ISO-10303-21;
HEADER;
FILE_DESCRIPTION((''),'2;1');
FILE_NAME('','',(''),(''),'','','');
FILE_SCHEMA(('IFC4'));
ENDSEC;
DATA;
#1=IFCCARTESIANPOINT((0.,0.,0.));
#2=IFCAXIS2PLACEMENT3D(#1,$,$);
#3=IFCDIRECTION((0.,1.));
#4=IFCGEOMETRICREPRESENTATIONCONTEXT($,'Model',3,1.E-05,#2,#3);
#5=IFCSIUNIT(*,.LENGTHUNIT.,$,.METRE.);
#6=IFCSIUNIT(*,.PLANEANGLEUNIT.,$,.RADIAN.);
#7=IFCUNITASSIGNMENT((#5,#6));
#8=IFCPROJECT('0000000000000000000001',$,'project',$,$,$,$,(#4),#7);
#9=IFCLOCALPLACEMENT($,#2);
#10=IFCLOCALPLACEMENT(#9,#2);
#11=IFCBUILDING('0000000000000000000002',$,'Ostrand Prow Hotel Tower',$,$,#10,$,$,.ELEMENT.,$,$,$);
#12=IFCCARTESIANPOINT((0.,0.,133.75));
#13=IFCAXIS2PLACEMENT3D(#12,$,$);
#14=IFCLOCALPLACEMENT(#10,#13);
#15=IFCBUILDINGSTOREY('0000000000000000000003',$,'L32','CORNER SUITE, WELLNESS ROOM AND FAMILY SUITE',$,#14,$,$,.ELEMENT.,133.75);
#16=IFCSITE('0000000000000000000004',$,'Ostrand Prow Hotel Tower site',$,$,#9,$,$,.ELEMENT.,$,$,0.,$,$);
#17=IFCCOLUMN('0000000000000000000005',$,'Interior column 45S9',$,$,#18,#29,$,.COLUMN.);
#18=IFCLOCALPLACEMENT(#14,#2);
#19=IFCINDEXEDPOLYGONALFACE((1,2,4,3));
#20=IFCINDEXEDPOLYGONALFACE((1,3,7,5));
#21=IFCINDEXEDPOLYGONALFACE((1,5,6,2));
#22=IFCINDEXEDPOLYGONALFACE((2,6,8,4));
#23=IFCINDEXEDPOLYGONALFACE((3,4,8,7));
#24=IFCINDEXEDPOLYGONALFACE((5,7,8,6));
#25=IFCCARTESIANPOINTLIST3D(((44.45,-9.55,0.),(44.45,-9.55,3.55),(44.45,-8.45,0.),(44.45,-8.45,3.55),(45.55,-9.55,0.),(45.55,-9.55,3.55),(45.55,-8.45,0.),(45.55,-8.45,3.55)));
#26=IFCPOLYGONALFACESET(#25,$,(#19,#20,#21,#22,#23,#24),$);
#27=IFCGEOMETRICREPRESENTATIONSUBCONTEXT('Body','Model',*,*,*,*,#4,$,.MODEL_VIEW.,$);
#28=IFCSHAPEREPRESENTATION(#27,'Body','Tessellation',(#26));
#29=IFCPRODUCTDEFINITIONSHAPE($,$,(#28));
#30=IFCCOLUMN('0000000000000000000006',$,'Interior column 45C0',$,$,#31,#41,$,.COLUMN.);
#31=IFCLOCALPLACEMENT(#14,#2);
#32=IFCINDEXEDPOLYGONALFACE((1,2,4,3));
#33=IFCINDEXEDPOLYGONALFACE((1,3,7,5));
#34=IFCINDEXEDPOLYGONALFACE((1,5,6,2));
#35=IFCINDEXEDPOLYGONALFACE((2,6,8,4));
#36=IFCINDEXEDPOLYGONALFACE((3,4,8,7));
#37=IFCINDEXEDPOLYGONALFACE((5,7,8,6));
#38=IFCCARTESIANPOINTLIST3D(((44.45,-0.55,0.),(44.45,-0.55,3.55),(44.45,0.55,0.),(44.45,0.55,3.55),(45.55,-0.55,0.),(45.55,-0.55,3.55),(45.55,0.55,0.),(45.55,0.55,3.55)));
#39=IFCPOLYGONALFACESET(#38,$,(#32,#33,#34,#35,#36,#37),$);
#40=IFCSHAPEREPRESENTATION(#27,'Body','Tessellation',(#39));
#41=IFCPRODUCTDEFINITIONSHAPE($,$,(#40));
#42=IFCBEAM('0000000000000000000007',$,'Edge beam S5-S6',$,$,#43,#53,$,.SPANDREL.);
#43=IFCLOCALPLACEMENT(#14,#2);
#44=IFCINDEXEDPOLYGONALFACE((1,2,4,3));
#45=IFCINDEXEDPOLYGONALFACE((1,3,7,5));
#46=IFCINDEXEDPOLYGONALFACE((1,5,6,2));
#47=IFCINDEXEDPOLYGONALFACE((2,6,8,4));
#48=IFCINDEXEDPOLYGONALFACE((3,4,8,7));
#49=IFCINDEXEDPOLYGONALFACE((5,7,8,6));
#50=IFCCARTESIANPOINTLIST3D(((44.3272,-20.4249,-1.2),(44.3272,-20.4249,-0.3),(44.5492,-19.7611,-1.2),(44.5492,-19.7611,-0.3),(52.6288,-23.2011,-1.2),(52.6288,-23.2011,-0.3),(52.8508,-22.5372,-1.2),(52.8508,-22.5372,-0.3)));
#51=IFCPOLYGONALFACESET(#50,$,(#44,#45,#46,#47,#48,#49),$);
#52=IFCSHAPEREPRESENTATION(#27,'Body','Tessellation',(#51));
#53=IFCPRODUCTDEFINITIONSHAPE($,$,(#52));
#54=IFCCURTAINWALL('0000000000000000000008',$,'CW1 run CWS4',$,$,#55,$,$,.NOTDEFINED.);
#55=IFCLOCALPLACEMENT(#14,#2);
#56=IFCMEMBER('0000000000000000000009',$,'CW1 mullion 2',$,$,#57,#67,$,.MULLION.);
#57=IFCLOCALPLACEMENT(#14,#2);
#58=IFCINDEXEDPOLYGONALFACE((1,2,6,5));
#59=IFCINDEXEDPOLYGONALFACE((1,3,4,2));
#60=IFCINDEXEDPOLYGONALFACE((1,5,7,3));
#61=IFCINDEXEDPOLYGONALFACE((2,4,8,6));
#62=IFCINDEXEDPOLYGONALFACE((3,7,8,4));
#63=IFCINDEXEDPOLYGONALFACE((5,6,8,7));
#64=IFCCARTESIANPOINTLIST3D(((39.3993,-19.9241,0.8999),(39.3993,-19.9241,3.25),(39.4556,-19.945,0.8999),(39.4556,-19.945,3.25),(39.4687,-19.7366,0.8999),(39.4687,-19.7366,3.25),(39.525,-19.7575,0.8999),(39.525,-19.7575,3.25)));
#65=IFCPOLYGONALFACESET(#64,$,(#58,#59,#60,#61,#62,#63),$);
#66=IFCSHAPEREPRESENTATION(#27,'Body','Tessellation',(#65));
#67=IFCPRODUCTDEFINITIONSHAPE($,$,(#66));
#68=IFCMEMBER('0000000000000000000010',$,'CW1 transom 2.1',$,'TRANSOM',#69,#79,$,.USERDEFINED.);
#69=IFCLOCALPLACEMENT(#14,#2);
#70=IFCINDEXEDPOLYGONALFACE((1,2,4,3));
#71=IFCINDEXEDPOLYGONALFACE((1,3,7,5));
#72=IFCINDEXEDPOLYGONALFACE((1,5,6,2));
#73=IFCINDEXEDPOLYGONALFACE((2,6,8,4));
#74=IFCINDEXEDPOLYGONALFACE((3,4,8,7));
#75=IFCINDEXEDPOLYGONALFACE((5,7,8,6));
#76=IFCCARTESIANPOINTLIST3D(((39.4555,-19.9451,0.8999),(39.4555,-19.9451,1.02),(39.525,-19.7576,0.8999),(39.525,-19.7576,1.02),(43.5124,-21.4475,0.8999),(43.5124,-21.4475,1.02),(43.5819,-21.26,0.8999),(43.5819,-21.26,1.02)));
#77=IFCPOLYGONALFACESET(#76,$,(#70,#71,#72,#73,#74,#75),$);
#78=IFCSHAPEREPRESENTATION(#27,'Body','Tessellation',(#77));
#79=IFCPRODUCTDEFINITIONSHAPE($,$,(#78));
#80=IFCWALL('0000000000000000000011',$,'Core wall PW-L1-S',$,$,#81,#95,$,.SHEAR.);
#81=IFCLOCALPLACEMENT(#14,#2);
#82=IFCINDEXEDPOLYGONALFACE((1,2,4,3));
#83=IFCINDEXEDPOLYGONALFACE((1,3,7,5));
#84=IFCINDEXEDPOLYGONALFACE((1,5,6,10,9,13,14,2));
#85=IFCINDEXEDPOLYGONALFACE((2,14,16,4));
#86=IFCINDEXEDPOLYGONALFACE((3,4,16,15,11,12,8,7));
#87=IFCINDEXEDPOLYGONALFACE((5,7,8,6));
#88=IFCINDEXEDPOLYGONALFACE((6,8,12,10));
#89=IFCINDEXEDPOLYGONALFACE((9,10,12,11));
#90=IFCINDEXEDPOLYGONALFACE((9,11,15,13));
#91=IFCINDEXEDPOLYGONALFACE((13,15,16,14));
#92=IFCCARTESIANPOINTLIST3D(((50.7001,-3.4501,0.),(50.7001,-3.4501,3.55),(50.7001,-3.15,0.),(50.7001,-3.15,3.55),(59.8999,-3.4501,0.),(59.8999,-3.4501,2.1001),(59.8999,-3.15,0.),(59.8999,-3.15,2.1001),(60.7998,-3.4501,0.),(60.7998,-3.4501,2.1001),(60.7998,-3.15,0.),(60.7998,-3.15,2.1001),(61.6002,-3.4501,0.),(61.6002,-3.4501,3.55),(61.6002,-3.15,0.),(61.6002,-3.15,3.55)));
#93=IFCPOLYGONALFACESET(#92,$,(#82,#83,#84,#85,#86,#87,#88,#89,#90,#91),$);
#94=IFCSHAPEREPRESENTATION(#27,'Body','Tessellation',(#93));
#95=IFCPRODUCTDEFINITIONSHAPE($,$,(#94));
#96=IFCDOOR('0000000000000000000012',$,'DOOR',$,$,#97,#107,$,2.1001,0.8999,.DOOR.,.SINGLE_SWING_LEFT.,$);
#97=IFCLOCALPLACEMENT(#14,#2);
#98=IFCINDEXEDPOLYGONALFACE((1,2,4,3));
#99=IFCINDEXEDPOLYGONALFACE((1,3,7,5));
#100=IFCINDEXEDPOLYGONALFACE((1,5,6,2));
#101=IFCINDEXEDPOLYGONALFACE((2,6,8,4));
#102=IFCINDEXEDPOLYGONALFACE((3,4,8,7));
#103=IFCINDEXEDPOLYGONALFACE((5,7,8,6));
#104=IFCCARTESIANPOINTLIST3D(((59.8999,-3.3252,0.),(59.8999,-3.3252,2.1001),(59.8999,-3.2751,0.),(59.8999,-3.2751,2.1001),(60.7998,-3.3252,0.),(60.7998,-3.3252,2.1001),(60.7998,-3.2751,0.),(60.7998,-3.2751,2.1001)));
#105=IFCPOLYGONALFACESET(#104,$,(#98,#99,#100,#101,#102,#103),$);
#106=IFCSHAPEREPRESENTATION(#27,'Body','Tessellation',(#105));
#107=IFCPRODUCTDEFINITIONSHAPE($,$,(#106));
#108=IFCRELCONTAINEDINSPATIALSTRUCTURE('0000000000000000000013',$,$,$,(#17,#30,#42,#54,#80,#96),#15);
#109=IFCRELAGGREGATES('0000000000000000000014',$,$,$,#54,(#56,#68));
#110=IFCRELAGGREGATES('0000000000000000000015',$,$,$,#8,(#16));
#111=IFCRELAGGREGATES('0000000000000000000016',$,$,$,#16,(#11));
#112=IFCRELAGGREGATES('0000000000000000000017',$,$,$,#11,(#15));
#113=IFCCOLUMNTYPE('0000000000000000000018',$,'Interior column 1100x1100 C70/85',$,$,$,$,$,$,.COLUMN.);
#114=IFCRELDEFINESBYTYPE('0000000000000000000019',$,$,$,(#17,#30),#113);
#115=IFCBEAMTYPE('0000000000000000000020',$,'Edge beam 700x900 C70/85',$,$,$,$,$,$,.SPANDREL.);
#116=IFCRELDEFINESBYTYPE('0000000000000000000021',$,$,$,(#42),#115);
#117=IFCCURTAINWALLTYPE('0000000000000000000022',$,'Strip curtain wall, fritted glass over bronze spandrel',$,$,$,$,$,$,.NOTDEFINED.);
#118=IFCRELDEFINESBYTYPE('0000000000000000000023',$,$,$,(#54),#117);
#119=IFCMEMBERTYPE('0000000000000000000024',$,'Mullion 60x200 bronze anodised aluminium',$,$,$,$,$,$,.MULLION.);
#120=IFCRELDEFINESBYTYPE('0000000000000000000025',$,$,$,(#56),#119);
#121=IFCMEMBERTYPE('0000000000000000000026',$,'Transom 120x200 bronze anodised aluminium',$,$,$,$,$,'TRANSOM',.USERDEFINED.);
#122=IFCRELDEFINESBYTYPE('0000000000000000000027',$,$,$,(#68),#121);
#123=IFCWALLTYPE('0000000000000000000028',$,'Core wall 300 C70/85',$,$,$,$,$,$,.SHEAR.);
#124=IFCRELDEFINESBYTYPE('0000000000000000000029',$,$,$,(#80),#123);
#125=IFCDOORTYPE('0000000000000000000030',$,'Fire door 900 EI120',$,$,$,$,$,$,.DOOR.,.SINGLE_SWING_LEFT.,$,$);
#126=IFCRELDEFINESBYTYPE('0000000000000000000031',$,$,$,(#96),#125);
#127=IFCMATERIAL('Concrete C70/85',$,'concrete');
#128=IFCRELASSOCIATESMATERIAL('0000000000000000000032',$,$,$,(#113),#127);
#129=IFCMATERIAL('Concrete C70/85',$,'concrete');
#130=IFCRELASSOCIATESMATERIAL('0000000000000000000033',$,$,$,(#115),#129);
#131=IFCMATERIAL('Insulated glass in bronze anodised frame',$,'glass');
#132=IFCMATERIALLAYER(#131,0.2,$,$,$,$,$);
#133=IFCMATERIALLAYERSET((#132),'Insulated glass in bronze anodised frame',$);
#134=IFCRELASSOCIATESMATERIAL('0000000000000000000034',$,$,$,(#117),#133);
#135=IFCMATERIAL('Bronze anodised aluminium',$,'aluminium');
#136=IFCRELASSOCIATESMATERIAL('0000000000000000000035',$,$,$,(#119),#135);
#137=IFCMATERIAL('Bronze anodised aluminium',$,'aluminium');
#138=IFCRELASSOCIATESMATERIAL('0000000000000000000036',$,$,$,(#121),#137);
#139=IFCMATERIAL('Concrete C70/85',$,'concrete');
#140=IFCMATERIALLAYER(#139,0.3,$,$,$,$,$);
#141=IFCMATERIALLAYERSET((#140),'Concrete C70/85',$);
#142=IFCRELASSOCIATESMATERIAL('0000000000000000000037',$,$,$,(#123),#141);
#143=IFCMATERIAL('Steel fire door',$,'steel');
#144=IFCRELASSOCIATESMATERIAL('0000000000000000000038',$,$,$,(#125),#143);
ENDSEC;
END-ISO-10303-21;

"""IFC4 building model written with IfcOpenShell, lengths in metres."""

from ifc_helpers import new_model, si_unit, direction, frame, frame_2d, origin, origin_2d, place, context, subcontext, project, spatial, rectangle, extrude, material, layer, layer_set, material_profile, profile_set, type_object, element, fill, aggregate, save


model = new_model("IFC4")

# Units and contexts
model_context = context("Model", 3, precision=1e-05, world=origin(), true_north=direction((0.0, 1.0)))
body_context = subcontext(model_context, "Body", "Model", "MODEL_VIEW")
ifc_project = project(units=[si_unit("LENGTHUNIT", "METRE"), si_unit("PLANEANGLEUNIT", "RADIAN")], contexts=[model_context])

# Site, building, storey
site_placement = place(None, origin())
site = spatial("IfcSite", under=ifc_project, at=site_placement, Name="Ostrand Prow Hotel Tower site", CompositionType="ELEMENT", RefElevation=0.0)
building_placement = place(site_placement, origin())
building = spatial("IfcBuilding", under=site, at=building_placement, Name="Ostrand Prow Hotel Tower", CompositionType="ELEMENT")
storey_placement = place(building_placement, frame((0.0, 0.0, 133.75)))
storey = spatial("IfcBuildingStorey", under=building, at=storey_placement, Name="L32", Description="CORNER SUITE, WELLNESS ROOM AND FAMILY SUITE", CompositionType="ELEMENT", Elevation=133.75)

# Columns
ifc_material_1 = material(Name="Concrete C70/85", Category="concrete")
ifc_material_profile_1 = material_profile(ifc_material_1, rectangle(XDim=1.1001, YDim=1.1001, at=origin_2d()), Name="RC 1100x1100")
ifc_profile_set_1 = profile_set([ifc_material_profile_1], Name="Concrete C70/85")
column_type = type_object("IfcColumnType", Name="Interior column 1100x1100 C70/85", PredefinedType="COLUMN", material=ifc_profile_set_1)
for number, where, z_axis, x_axis, name in (
    (1, (45.0, -9.0, 0.0), (0.0, 0.0, 1.0), (1.0, 0.0, 0.0), "Interior column 45S9"),
    (2, (45.0, 0.0, 0.0), (0.0, 0.0, 1.0), (1.0, 0.0, 0.0), "Interior column 45C0"),
):
    element("IfcColumn", number, at=place(storey_placement, frame(where, z_axis=z_axis, x_axis=x_axis)), inside=storey, type_object=column_type, Name=name, PredefinedType="COLUMN", context=body_context, shape_type="SweptSolid", body=[
        extrude(rectangle(XDim=1.1001, YDim=1.1001, at=origin_2d()), origin(), (0.0, 0.0, 1.0), 3.55),
    ])

# Beam
ifc_material_2 = material(Name="Concrete C70/85", Category="concrete")
ifc_material_profile_2 = material_profile(ifc_material_2, rectangle(XDim=0.7, YDim=0.8999, at=origin_2d()), Name="RC 700x900")
ifc_profile_set_2 = profile_set([ifc_material_profile_2], Name="Concrete C70/85")
beam_type = type_object("IfcBeamType", Name="Edge beam 700x900 C70/85", PredefinedType="SPANDREL", material=ifc_profile_set_2)
beam_placement = place(storey_placement, frame((44.4382, -20.093, -0.75), z_axis=(0.948376, -0.317148, 0.0), x_axis=(0.317148, 0.948376, 0.0)))
element("IfcBeam", 3, at=beam_placement, inside=storey, type_object=beam_type, Name="Edge beam S5-S6", PredefinedType="SPANDREL", context=body_context, shape_type="SweptSolid", body=[
    extrude(rectangle(XDim=0.7, YDim=0.8999, at=origin_2d()), origin(), (0.0, 0.0, 1.0), 8.7534),
])

# Curtain wall, members
ifc_material_3 = material(Name="Insulated glass in bronze anodised frame", Category="glass")
ifc_layer_1 = layer(ifc_material_3, 0.2)
ifc_layer_set_1 = layer_set([ifc_layer_1], Name="Insulated glass in bronze anodised frame")
curtain_wall_type = type_object("IfcCurtainWallType", Name="Strip curtain wall, fritted glass over bronze spandrel", PredefinedType="NOTDEFINED", material=ifc_layer_set_1)
curtain_wall_placement = place(storey_placement, origin())
curtain_wall = element("IfcCurtainWall", 4, at=curtain_wall_placement, inside=storey, type_object=curtain_wall_type, Name="CW1 run CWS4", PredefinedType="NOTDEFINED")
ifc_material_4 = material(Name="Bronze anodised aluminium", Category="aluminium")
ifc_material_profile_3 = material_profile(ifc_material_4, rectangle(XDim=0.2, YDim=0.0601, at=origin_2d()), Name="Mullion 60x200 bronze anodised aluminium")
ifc_profile_set_3 = profile_set([ifc_material_profile_3], Name="Bronze anodised aluminium")
member_type_1 = type_object("IfcMemberType", Name="Mullion 60x200 bronze anodised aluminium", PredefinedType="MULLION", material=ifc_profile_set_3)
member_1_placement = place(storey_placement, frame((39.4622, -19.8408, 0.8999), z_axis=(0.0, 0.0, 1.0), x_axis=(0.347342, 0.937739, 0.0)))
member_1 = element("IfcMember", 5, at=member_1_placement, type_object=member_type_1, Name="CW1 mullion 2", PredefinedType="MULLION", context=body_context, shape_type="SweptSolid", body=[
    extrude(rectangle(XDim=0.2, YDim=0.0601, at=origin_2d()), origin(), (0.0, 0.0, 1.0), 2.3501),
])
ifc_material_5 = material(Name="Bronze anodised aluminium", Category="aluminium")
ifc_material_profile_4 = material_profile(ifc_material_5, rectangle(XDim=0.2, YDim=0.1201, at=origin_2d()), Name="Transom 120x200 bronze anodised aluminium")
ifc_profile_set_4 = profile_set([ifc_material_profile_4], Name="Bronze anodised aluminium")
member_type_2 = type_object("IfcMemberType", Name="Transom 120x200 bronze anodised aluminium", ElementType="TRANSOM", PredefinedType="USERDEFINED", material=ifc_profile_set_4)
member_2_placement = place(storey_placement, frame((39.4902, -19.8513, 0.96), z_axis=(0.937757, -0.347292, 0.0), x_axis=(0.347292, 0.937757, 0.0)))
member_2 = element("IfcMember", 6, at=member_2_placement, type_object=member_type_2, Name="CW1 transom 2.1", ObjectType="TRANSOM", PredefinedType="USERDEFINED", context=body_context, shape_type="SweptSolid", body=[
    extrude(rectangle(XDim=0.2, YDim=0.1201, at=origin_2d()), origin(), (0.0, 0.0, 1.0), 4.3262),
])
aggregate(curtain_wall, [member_1, member_2])

# Wall, opening, door
ifc_material_6 = material(Name="Concrete C70/85", Category="concrete")
ifc_layer_2 = layer(ifc_material_6, 0.3)
ifc_layer_set_2 = layer_set([ifc_layer_2], Name="Concrete C70/85")
wall_type_1 = type_object("IfcWallType", Name="Core wall 300 C70/85", PredefinedType="SHEAR", material=ifc_layer_set_2)
wall_1_placement = place(storey_placement, frame((50.7, -3.3, 0.0), z_axis=(0.0, 0.0, 1.0), x_axis=(1.0, 0.0, 0.0)))
wall_1 = element("IfcWall", 7, at=wall_1_placement, inside=storey, type_object=wall_type_1, Name="Core wall PW-L1-S", PredefinedType="SHEAR", context=body_context, shape_type="SweptSolid", body=[
    extrude(rectangle(XDim=10.9001, YDim=0.3, at=frame_2d((5.4502, 0.0))), origin(), (0.0, 0.0, 1.0), 3.55),
])
opening_1_placement = place(wall_1_placement, frame((9.2, 0.0, 0.0)))
opening_1 = element("IfcOpeningElement", 8, at=opening_1_placement, cuts=wall_1, PredefinedType="OPENING", context=body_context, shape_type="SweptSolid", body=[
    extrude(rectangle(XDim=0.8999, YDim=2.1001, at=frame_2d((0.45, 1.05))), frame((0.0, 0.1599, 0.0), z_axis=(0.0, -1.0, 0.0), x_axis=(1.0, 0.0, 0.0)), (0.0, 0.0, 1.0), 0.3201),
])
ifc_material_7 = material(Name="Steel fire door", Category="steel")
door_type_1 = type_object("IfcDoorType", Name="Fire door 900 EI120", OperationType="SINGLE_SWING_LEFT", PredefinedType="DOOR", material=ifc_material_7)
door_1_placement = place(opening_1_placement, origin())
door_1 = element("IfcDoor", 9, at=door_1_placement, inside=storey, type_object=door_type_1, Name="DOOR", OperationType="SINGLE_SWING_LEFT", OverallHeight=2.1001, OverallWidth=0.8999, PredefinedType="DOOR", context=body_context, shape_type="SweptSolid", body=[
    extrude(rectangle(XDim=0.8999, YDim=2.1001, at=frame_2d((0.45, 1.05))), frame((0.0, 0.0249, 0.0), z_axis=(0.0, -1.0, 0.0), x_axis=(1.0, 0.0, 0.0)), (0.0, 0.0, 1.0), 0.05),
])
fill(opening_1, door_1)

save(model, "model.ifc")
